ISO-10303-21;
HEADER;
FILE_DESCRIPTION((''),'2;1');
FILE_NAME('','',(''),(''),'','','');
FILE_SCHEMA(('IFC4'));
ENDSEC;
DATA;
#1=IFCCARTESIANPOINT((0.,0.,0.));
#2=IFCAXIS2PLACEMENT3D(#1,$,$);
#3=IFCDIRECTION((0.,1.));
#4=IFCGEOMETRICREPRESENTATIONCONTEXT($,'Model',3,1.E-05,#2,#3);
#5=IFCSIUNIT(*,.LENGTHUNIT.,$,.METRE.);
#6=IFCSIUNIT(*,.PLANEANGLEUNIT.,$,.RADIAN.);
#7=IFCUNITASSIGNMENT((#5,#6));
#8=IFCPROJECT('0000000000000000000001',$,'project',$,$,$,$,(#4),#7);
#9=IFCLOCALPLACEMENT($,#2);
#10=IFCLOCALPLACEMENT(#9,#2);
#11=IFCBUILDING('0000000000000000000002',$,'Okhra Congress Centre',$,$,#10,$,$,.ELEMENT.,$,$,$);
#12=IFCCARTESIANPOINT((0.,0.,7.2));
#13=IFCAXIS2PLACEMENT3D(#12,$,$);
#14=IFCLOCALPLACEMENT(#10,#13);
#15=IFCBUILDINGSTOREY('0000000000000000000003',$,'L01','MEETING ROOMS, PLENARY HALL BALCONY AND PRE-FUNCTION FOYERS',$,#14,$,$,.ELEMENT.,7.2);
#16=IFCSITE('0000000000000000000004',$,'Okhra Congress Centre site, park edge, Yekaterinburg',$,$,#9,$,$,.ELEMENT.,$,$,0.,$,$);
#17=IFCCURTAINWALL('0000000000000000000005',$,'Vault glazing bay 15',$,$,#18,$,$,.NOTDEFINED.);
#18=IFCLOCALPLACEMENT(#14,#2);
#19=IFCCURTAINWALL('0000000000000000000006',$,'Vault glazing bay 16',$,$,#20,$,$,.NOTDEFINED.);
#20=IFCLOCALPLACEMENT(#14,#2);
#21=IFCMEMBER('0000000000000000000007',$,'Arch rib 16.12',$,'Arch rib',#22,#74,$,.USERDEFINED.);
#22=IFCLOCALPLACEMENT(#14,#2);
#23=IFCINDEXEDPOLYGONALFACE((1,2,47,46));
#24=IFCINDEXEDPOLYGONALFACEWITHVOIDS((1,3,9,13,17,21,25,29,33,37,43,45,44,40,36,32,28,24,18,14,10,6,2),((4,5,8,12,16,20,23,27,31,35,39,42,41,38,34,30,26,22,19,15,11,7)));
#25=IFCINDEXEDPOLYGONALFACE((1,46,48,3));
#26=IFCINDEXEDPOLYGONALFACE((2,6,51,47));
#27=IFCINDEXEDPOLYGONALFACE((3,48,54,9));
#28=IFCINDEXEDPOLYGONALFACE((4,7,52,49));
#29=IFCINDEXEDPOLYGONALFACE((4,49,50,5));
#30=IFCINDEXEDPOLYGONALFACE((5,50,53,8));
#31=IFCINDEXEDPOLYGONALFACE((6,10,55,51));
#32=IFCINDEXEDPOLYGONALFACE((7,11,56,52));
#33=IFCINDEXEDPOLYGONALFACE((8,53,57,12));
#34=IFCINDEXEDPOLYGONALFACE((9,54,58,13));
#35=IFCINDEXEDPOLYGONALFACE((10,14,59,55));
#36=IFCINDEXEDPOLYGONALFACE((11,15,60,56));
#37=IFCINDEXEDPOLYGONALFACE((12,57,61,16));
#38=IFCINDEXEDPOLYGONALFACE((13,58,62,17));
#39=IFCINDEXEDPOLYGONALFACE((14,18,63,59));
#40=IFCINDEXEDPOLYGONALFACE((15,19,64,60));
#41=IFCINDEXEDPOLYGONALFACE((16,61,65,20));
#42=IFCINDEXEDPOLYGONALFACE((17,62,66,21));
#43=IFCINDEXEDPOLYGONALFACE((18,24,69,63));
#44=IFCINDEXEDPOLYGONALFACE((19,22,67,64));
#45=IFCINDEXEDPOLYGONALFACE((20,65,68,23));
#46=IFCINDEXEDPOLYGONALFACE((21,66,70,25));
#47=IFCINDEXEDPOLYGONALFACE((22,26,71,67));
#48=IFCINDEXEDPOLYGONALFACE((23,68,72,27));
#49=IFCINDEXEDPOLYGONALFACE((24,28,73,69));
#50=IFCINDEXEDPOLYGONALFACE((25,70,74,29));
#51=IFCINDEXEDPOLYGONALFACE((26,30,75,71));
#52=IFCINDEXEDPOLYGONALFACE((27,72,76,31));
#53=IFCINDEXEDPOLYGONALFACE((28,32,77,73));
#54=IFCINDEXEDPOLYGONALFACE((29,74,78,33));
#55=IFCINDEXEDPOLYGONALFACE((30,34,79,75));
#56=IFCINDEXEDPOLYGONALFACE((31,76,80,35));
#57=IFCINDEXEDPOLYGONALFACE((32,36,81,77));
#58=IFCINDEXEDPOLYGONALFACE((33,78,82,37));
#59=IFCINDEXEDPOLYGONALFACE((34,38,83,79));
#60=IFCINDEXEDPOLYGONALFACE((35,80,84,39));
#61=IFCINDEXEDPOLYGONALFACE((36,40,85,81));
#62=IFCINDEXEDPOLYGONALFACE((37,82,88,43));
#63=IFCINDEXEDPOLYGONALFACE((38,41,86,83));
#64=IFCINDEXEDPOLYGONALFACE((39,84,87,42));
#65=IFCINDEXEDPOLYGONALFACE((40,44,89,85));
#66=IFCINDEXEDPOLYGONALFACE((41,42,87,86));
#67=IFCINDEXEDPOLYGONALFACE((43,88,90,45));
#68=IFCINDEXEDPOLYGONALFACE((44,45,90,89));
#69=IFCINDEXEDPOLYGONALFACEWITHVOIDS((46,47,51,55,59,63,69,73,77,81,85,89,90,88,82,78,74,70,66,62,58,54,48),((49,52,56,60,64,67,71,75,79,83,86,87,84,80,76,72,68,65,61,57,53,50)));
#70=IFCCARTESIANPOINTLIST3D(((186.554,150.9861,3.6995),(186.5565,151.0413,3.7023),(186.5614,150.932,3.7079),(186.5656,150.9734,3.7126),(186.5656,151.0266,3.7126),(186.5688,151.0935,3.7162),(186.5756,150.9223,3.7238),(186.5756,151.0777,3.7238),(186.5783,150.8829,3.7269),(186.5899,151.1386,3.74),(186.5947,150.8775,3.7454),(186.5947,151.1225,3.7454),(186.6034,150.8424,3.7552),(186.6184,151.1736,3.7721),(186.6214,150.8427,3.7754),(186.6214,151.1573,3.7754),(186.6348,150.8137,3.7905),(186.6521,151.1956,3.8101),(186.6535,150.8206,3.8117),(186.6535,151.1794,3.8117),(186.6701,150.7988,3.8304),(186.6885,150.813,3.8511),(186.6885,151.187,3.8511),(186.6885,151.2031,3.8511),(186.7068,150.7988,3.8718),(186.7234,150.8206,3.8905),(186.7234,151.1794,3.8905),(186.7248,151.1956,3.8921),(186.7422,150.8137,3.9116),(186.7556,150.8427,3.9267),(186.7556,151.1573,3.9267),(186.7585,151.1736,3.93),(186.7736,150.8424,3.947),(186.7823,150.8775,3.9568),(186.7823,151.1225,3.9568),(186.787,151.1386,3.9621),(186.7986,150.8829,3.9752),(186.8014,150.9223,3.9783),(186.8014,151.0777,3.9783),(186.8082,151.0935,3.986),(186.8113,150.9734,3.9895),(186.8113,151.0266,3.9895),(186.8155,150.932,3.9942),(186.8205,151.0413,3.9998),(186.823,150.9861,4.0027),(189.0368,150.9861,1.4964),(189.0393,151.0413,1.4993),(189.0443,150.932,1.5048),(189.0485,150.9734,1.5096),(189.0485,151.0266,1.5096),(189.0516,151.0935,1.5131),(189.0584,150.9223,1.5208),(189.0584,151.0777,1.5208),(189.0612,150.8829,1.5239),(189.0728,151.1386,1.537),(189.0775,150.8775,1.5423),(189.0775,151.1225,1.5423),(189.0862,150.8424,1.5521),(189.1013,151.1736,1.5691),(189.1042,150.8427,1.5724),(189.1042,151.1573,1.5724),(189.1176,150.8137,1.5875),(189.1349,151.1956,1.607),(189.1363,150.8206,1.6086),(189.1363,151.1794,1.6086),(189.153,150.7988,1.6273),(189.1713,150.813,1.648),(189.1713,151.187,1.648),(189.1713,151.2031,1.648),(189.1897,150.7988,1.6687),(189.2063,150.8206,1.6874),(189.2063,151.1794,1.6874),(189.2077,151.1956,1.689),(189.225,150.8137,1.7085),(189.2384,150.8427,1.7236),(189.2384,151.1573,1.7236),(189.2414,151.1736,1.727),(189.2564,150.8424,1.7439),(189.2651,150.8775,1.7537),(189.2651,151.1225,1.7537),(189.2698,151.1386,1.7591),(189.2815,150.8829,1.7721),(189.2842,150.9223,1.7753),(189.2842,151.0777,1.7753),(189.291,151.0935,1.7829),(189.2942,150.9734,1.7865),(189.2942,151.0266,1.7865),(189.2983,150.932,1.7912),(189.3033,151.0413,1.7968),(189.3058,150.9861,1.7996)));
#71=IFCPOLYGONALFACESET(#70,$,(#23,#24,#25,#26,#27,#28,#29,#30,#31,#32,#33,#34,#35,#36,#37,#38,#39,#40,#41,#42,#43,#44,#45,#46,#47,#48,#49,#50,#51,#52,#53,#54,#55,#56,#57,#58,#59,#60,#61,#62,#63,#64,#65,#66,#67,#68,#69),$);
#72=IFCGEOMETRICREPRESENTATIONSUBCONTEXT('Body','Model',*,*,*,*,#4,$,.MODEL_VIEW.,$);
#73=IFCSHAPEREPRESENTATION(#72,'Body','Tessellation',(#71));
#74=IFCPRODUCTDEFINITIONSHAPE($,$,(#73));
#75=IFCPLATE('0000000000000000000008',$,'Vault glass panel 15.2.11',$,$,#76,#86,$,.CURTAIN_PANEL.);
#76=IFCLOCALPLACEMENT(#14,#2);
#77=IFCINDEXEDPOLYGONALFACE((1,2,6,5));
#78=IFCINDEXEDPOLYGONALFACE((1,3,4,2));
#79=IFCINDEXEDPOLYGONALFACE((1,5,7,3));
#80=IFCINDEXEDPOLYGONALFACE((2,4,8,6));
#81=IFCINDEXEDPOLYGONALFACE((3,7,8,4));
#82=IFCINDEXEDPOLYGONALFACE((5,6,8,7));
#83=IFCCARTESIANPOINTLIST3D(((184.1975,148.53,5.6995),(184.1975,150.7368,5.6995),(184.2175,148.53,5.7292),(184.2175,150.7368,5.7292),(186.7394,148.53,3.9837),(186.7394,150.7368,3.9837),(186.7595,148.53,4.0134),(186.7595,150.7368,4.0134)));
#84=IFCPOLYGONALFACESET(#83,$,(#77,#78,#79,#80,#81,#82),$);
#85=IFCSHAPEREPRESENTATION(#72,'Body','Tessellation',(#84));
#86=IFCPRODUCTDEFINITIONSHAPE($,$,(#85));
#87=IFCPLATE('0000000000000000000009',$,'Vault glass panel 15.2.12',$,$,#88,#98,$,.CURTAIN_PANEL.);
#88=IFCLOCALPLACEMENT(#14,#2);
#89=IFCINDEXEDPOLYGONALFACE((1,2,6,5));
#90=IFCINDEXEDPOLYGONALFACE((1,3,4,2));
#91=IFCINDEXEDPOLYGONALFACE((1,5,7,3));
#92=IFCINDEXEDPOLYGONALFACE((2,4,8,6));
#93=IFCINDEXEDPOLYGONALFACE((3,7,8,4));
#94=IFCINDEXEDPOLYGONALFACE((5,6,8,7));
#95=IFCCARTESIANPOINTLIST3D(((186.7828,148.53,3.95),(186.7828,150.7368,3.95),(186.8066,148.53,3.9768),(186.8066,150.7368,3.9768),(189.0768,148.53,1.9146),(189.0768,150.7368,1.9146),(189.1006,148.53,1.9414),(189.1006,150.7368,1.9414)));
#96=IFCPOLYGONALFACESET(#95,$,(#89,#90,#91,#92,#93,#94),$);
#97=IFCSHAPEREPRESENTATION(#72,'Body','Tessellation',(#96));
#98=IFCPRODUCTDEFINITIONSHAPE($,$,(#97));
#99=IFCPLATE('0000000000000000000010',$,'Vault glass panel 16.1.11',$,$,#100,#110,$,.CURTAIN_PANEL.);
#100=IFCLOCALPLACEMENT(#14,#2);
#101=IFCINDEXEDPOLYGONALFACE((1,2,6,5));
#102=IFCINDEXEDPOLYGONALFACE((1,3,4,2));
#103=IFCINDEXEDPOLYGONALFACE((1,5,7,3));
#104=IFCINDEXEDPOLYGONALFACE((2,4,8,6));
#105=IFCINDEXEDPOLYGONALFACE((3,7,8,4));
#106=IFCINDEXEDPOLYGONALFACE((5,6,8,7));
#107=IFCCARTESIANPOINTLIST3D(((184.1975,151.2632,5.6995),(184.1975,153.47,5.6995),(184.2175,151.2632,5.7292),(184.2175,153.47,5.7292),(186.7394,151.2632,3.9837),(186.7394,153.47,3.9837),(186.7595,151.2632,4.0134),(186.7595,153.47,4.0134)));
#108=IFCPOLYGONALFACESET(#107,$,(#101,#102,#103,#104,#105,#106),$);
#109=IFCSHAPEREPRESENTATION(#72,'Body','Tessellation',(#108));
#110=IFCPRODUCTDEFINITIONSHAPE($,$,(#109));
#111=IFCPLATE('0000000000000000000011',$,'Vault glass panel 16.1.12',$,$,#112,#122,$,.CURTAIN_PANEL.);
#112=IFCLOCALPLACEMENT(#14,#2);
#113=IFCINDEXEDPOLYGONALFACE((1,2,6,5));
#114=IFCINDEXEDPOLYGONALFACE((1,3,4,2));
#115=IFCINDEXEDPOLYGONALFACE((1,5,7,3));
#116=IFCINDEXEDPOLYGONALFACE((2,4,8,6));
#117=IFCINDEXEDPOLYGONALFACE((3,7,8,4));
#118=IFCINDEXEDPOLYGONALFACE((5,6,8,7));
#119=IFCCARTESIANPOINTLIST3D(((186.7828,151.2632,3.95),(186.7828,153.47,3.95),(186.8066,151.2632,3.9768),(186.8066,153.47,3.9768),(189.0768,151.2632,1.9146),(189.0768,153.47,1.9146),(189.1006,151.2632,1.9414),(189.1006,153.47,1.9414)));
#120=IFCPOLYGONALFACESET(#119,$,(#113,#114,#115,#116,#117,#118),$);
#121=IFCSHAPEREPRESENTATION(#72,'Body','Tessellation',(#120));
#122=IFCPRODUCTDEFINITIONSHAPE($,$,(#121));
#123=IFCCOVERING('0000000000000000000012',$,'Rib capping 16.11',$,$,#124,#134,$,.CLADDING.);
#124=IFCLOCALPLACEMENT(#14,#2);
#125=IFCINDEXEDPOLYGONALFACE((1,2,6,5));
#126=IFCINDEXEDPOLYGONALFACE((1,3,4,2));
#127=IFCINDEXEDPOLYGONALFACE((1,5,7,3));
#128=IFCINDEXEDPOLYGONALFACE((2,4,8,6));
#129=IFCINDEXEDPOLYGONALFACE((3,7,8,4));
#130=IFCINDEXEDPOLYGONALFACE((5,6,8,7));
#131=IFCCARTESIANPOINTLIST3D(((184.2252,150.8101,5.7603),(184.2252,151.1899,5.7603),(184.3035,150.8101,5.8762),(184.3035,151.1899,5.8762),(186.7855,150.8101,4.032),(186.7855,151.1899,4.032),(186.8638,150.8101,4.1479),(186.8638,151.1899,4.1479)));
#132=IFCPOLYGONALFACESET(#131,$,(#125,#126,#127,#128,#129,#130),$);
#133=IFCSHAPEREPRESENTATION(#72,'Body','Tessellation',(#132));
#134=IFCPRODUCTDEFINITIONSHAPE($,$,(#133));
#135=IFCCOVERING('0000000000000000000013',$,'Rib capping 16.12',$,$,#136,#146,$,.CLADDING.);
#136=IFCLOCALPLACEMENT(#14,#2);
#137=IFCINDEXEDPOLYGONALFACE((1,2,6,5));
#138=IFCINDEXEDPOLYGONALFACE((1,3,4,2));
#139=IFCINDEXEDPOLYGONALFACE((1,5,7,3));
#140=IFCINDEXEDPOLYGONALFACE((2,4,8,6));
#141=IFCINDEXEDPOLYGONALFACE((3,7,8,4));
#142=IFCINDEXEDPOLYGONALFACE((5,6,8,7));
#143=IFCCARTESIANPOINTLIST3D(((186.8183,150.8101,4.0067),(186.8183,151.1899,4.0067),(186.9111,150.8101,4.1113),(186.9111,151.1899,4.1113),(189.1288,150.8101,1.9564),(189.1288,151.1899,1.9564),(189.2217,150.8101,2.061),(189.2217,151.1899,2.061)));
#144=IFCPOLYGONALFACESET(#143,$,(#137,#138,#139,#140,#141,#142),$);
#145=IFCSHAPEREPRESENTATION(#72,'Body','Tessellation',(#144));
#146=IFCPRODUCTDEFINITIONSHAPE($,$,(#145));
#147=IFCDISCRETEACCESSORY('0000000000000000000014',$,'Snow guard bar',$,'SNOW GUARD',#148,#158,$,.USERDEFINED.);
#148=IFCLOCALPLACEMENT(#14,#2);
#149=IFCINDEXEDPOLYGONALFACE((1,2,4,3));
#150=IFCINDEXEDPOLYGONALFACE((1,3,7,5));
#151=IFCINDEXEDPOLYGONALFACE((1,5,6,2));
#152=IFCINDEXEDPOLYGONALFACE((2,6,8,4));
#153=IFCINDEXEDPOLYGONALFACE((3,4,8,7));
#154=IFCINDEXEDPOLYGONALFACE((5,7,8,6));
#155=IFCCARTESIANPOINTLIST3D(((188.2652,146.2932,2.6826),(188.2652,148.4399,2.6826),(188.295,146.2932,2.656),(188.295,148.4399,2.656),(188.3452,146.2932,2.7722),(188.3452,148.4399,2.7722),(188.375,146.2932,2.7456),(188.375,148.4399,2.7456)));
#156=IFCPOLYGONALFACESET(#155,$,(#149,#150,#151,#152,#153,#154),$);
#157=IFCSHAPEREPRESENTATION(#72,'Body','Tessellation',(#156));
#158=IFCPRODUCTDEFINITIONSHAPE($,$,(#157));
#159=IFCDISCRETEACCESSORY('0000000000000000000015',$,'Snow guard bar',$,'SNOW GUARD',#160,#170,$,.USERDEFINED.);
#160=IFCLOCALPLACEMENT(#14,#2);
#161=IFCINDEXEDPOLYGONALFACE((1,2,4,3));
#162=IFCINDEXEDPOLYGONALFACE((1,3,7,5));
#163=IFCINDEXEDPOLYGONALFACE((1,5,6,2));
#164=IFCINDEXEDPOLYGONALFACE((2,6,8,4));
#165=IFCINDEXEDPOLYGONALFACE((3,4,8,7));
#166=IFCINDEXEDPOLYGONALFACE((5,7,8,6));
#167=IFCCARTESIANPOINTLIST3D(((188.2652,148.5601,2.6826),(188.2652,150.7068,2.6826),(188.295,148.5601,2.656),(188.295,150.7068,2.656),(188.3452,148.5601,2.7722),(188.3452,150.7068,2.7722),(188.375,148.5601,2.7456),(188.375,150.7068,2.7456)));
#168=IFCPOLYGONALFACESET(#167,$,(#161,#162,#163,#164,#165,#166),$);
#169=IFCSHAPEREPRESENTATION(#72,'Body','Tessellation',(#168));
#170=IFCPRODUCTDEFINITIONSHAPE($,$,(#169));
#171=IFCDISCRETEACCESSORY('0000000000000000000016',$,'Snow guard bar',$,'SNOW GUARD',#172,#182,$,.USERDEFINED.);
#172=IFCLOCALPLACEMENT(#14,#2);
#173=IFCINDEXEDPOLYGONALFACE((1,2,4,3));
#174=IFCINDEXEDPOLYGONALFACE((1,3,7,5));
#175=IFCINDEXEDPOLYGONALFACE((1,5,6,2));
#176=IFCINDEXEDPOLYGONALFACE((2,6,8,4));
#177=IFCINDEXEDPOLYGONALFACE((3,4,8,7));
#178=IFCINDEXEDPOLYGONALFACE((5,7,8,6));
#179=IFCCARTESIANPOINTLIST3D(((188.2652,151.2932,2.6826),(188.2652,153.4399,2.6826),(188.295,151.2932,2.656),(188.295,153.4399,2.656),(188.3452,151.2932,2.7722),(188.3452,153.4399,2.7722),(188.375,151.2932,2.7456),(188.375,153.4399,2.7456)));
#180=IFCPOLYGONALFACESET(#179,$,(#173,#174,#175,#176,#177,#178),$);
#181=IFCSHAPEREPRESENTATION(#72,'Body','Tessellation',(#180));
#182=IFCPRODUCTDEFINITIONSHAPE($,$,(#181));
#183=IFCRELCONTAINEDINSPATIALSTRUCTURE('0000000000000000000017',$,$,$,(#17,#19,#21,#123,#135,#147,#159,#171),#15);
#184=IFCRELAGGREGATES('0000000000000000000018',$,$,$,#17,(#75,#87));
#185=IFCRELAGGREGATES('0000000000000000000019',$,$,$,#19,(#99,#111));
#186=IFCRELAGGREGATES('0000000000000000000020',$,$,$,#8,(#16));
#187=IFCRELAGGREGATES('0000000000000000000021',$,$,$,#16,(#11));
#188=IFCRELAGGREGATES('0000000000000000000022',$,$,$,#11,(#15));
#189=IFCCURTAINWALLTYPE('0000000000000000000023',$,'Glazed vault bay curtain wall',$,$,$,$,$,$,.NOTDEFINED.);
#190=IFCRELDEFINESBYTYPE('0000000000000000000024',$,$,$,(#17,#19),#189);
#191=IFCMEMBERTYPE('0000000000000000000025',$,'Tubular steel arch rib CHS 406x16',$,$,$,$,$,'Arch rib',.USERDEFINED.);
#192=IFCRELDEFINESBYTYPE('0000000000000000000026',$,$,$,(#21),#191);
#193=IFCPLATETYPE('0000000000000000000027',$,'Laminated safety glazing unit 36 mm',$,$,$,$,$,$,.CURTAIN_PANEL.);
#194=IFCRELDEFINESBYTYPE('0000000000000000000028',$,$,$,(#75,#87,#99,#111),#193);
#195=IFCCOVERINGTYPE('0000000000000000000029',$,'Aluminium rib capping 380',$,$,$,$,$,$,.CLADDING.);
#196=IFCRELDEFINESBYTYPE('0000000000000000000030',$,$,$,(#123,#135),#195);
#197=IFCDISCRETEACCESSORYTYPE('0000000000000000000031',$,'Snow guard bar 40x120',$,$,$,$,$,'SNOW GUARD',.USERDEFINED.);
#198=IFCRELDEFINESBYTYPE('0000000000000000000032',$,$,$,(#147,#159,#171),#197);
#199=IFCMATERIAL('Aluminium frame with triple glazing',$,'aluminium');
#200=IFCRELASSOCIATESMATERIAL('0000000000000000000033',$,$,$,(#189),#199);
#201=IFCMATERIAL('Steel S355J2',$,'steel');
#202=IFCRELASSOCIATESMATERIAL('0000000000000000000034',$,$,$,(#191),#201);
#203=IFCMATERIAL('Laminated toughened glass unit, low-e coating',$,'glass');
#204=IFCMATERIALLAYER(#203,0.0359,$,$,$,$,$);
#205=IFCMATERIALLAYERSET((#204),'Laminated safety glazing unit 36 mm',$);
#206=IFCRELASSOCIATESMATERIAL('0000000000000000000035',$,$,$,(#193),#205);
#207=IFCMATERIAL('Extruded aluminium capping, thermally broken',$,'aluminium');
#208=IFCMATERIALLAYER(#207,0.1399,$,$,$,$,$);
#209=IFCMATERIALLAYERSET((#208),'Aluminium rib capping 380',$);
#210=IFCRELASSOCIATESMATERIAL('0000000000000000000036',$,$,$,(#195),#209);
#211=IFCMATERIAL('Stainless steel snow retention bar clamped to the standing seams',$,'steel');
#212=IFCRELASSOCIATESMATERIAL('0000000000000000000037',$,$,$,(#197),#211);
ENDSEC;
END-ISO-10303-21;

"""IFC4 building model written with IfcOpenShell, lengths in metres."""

from ifc_helpers import new_model, si_unit, direction, frame, origin, origin_2d, place, context, subcontext, project, spatial, polyline, hollow_circle, outline, extrude, material, layer, layer_set, material_profile, profile_set, type_object, element, aggregate, save


model = new_model("IFC4")

# Units and contexts
model_context = context("Model", 3, precision=1e-05, world=origin(), true_north=direction((0.0, 1.0)))
body_context = subcontext(model_context, "Body", "Model", "MODEL_VIEW")
ifc_project = project(units=[si_unit("LENGTHUNIT", "METRE"), si_unit("PLANEANGLEUNIT", "RADIAN")], contexts=[model_context])

# Site, building, storey
site_placement = place(None, origin())
site = spatial("IfcSite", under=ifc_project, at=site_placement, Name="Okhra Congress Centre site, park edge, Yekaterinburg", CompositionType="ELEMENT", RefElevation=0.0)
building_placement = place(site_placement, origin())
building = spatial("IfcBuilding", under=site, at=building_placement, Name="Okhra Congress Centre", CompositionType="ELEMENT")
storey_placement = place(building_placement, frame((0.0, 0.0, 7.2)))
storey = spatial("IfcBuildingStorey", under=building, at=storey_placement, Name="L01", Description="MEETING ROOMS, PLENARY HALL BALCONY AND PRE-FUNCTION FOYERS", CompositionType="ELEMENT", Elevation=7.2)

# Curtain walls
ifc_material_1 = material(Name="Aluminium frame with triple glazing", Category="aluminium")
curtain_wall_type = type_object("IfcCurtainWallType", Name="Glazed vault bay curtain wall", PredefinedType="NOTDEFINED", material=ifc_material_1)
curtain_wall_1_placement = place(storey_placement, origin())
curtain_wall_1 = element("IfcCurtainWall", 1, at=curtain_wall_1_placement, inside=storey, type_object=curtain_wall_type, Name="Vault glazing bay 15", PredefinedType="NOTDEFINED")
curtain_wall_2_placement = place(storey_placement, origin())
curtain_wall_2 = element("IfcCurtainWall", 2, at=curtain_wall_2_placement, inside=storey, type_object=curtain_wall_type, Name="Vault glazing bay 16", PredefinedType="NOTDEFINED")

# Member
ifc_material_2 = material(Name="Steel S355J2", Category="steel")
ifc_material_profile_1 = material_profile(ifc_material_2, hollow_circle(Radius=0.2031, WallThickness=0.0161, at=origin_2d()), Name="CHS 406.4x16")
ifc_profile_set_1 = profile_set([ifc_material_profile_1], Name="Steel S355J2")
member_type_1 = type_object("IfcMemberType", Name="Tubular steel arch rib CHS 406x16", ElementType="Arch rib", PredefinedType="USERDEFINED", material=ifc_profile_set_1)
member_1_placement = place(storey_placement, frame((186.6885, 151.0, 3.8511), z_axis=(0.747993, 0.0, -0.663706), x_axis=(0.0, 1.0, 0.0)))
element("IfcMember", 3, at=member_1_placement, inside=storey, type_object=member_type_1, Name="Arch rib 16.12", ObjectType="Arch rib", PredefinedType="USERDEFINED", context=body_context, shape_type="SweptSolid", body=[
    extrude(hollow_circle(Radius=0.2031, WallThickness=0.0161, at=origin_2d()), origin(), (0.0, 0.0, 1.0), 3.3193),
])

# Plates
ifc_material_3 = material(Name="Laminated toughened glass unit, low-e coating", Category="glass")
ifc_layer_1 = layer(ifc_material_3, 0.0359)
ifc_layer_set_1 = layer_set([ifc_layer_1], Name="Laminated safety glazing unit 36 mm")
plate_type = type_object("IfcPlateType", Name="Laminated safety glazing unit 36 mm", PredefinedType="CURTAIN_PANEL", material=ifc_layer_set_1)
plate_1_placement = place(storey_placement, frame((184.2175, 148.53, 5.7292), z_axis=(0.559467, 0.0, 0.828852), x_axis=(0.828852, 0.0, -0.559467)))
plate_1 = element("IfcPlate", 4, at=plate_1_placement, type_object=plate_type, Name="Vault glass panel 15.2.11", PredefinedType="CURTAIN_PANEL", context=body_context, shape_type="SweptSolid", body=[
    extrude(outline(polyline([(0.0, 0.0), (3.0669, 0.0), (3.0669, 2.2068), (0.0, 2.2068), (0.0, 0.0)])), origin(), (0.0, 0.0, -1.0), 0.0359),
])
plate_2_placement = place(storey_placement, frame((186.8066, 148.53, 3.9768), z_axis=(0.663697, 0.0, 0.748002), x_axis=(0.748002, 0.0, -0.663697)))
plate_2 = element("IfcPlate", 5, at=plate_2_placement, type_object=plate_type, Name="Vault glass panel 15.2.12", PredefinedType="CURTAIN_PANEL", context=body_context, shape_type="SweptSolid", body=[
    extrude(outline(polyline([(0.0, 0.0), (3.0668, 0.0), (3.0668, 2.2068), (0.0, 2.2068), (0.0, 0.0)])), origin(), (0.0, 0.0, -1.0), 0.0359),
])
aggregate(curtain_wall_1, [plate_1, plate_2])
plate_3_placement = place(storey_placement, frame((184.2175, 151.2632, 5.7292), z_axis=(0.559467, 0.0, 0.828852), x_axis=(0.828852, 0.0, -0.559467)))
plate_3 = element("IfcPlate", 6, at=plate_3_placement, type_object=plate_type, Name="Vault glass panel 16.1.11", PredefinedType="CURTAIN_PANEL", context=body_context, shape_type="SweptSolid", body=[
    extrude(outline(polyline([(0.0, 0.0), (3.0669, 0.0), (3.0669, 2.2068), (0.0, 2.2068), (0.0, 0.0)])), origin(), (0.0, 0.0, -1.0), 0.0359),
])
plate_4_placement = place(storey_placement, frame((186.8066, 151.2632, 3.9768), z_axis=(0.663697, 0.0, 0.748002), x_axis=(0.748002, 0.0, -0.663697)))
plate_4 = element("IfcPlate", 7, at=plate_4_placement, type_object=plate_type, Name="Vault glass panel 16.1.12", PredefinedType="CURTAIN_PANEL", context=body_context, shape_type="SweptSolid", body=[
    extrude(outline(polyline([(0.0, 0.0), (3.0668, 0.0), (3.0668, 2.2068), (0.0, 2.2068), (0.0, 0.0)])), origin(), (0.0, 0.0, -1.0), 0.0359),
])
aggregate(curtain_wall_2, [plate_3, plate_4])

# Coverings
ifc_material_4 = material(Name="Extruded aluminium capping, thermally broken", Category="aluminium")
ifc_layer_2 = layer(ifc_material_4, 0.1399)
ifc_layer_set_2 = layer_set([ifc_layer_2], Name="Aluminium rib capping 380")
covering_type = type_object("IfcCoveringType", Name="Aluminium rib capping 380", PredefinedType="CLADDING", material=ifc_layer_set_2)
covering_1_placement = place(storey_placement, frame((184.3035, 150.8101, 5.8762), z_axis=(0.559488, 0.0, 0.828839), x_axis=(0.828839, 0.0, -0.559488)))
element("IfcCovering", 8, at=covering_1_placement, inside=storey, type_object=covering_type, Name="Rib capping 16.11", PredefinedType="CLADDING", context=body_context, shape_type="SweptSolid", body=[
    extrude(outline(polyline([(0.0, 0.0), (3.089, 0.0), (3.089, 0.3799), (0.0, 0.3799), (0.0, 0.0)])), origin(), (0.0, 0.0, -1.0), 0.1399),
])
covering_2_placement = place(storey_placement, frame((186.9111, 150.8101, 4.1113), z_axis=(0.663726, 0.0, 0.747976), x_axis=(0.747976, 0.0, -0.663726)))
element("IfcCovering", 9, at=covering_2_placement, inside=storey, type_object=covering_type, Name="Rib capping 16.12", PredefinedType="CLADDING", context=body_context, shape_type="SweptSolid", body=[
    extrude(outline(polyline([(0.0, 0.0), (3.0891, 0.0), (3.0891, 0.3799), (0.0, 0.3799), (0.0, 0.0)])), origin(), (0.0, 0.0, -1.0), 0.1399),
])

# Discrete accessories
ifc_material_5 = material(Name="Stainless steel snow retention bar clamped to the standing seams", Category="steel")
discrete_accessory_type = type_object("IfcDiscreteAccessoryType", Name="Snow guard bar 40x120", ElementType="SNOW GUARD", PredefinedType="USERDEFINED", material=ifc_material_5)
for number, where, z_axis, x_axis, name in (
    (10, (188.3452, 146.2932, 2.7722), (0.666259, 0.0, 0.745721), (0.745721, 0.0, -0.666259), "Snow guard bar"),
    (11, (188.3452, 148.5601, 2.7722), (0.666259, 0.0, 0.745721), (0.745721, 0.0, -0.666259), "Snow guard bar"),
    (12, (188.3452, 151.2932, 2.7722), (0.666259, 0.0, 0.745721), (0.745721, 0.0, -0.666259), "Snow guard bar"),
):
    element("IfcDiscreteAccessory", number, at=place(storey_placement, frame(where, z_axis=z_axis, x_axis=x_axis)), inside=storey, type_object=discrete_accessory_type, Name=name, ObjectType="SNOW GUARD", PredefinedType="USERDEFINED", context=body_context, shape_type="SweptSolid", body=[
        extrude(outline(polyline([(0.0, 0.0), (0.0399, 0.0), (0.0399, 2.1467), (0.0, 2.1467), (0.0, 0.0)])), origin(), (0.0, 0.0, -1.0), 0.1201),
    ])

save(model, "model.ifc")
